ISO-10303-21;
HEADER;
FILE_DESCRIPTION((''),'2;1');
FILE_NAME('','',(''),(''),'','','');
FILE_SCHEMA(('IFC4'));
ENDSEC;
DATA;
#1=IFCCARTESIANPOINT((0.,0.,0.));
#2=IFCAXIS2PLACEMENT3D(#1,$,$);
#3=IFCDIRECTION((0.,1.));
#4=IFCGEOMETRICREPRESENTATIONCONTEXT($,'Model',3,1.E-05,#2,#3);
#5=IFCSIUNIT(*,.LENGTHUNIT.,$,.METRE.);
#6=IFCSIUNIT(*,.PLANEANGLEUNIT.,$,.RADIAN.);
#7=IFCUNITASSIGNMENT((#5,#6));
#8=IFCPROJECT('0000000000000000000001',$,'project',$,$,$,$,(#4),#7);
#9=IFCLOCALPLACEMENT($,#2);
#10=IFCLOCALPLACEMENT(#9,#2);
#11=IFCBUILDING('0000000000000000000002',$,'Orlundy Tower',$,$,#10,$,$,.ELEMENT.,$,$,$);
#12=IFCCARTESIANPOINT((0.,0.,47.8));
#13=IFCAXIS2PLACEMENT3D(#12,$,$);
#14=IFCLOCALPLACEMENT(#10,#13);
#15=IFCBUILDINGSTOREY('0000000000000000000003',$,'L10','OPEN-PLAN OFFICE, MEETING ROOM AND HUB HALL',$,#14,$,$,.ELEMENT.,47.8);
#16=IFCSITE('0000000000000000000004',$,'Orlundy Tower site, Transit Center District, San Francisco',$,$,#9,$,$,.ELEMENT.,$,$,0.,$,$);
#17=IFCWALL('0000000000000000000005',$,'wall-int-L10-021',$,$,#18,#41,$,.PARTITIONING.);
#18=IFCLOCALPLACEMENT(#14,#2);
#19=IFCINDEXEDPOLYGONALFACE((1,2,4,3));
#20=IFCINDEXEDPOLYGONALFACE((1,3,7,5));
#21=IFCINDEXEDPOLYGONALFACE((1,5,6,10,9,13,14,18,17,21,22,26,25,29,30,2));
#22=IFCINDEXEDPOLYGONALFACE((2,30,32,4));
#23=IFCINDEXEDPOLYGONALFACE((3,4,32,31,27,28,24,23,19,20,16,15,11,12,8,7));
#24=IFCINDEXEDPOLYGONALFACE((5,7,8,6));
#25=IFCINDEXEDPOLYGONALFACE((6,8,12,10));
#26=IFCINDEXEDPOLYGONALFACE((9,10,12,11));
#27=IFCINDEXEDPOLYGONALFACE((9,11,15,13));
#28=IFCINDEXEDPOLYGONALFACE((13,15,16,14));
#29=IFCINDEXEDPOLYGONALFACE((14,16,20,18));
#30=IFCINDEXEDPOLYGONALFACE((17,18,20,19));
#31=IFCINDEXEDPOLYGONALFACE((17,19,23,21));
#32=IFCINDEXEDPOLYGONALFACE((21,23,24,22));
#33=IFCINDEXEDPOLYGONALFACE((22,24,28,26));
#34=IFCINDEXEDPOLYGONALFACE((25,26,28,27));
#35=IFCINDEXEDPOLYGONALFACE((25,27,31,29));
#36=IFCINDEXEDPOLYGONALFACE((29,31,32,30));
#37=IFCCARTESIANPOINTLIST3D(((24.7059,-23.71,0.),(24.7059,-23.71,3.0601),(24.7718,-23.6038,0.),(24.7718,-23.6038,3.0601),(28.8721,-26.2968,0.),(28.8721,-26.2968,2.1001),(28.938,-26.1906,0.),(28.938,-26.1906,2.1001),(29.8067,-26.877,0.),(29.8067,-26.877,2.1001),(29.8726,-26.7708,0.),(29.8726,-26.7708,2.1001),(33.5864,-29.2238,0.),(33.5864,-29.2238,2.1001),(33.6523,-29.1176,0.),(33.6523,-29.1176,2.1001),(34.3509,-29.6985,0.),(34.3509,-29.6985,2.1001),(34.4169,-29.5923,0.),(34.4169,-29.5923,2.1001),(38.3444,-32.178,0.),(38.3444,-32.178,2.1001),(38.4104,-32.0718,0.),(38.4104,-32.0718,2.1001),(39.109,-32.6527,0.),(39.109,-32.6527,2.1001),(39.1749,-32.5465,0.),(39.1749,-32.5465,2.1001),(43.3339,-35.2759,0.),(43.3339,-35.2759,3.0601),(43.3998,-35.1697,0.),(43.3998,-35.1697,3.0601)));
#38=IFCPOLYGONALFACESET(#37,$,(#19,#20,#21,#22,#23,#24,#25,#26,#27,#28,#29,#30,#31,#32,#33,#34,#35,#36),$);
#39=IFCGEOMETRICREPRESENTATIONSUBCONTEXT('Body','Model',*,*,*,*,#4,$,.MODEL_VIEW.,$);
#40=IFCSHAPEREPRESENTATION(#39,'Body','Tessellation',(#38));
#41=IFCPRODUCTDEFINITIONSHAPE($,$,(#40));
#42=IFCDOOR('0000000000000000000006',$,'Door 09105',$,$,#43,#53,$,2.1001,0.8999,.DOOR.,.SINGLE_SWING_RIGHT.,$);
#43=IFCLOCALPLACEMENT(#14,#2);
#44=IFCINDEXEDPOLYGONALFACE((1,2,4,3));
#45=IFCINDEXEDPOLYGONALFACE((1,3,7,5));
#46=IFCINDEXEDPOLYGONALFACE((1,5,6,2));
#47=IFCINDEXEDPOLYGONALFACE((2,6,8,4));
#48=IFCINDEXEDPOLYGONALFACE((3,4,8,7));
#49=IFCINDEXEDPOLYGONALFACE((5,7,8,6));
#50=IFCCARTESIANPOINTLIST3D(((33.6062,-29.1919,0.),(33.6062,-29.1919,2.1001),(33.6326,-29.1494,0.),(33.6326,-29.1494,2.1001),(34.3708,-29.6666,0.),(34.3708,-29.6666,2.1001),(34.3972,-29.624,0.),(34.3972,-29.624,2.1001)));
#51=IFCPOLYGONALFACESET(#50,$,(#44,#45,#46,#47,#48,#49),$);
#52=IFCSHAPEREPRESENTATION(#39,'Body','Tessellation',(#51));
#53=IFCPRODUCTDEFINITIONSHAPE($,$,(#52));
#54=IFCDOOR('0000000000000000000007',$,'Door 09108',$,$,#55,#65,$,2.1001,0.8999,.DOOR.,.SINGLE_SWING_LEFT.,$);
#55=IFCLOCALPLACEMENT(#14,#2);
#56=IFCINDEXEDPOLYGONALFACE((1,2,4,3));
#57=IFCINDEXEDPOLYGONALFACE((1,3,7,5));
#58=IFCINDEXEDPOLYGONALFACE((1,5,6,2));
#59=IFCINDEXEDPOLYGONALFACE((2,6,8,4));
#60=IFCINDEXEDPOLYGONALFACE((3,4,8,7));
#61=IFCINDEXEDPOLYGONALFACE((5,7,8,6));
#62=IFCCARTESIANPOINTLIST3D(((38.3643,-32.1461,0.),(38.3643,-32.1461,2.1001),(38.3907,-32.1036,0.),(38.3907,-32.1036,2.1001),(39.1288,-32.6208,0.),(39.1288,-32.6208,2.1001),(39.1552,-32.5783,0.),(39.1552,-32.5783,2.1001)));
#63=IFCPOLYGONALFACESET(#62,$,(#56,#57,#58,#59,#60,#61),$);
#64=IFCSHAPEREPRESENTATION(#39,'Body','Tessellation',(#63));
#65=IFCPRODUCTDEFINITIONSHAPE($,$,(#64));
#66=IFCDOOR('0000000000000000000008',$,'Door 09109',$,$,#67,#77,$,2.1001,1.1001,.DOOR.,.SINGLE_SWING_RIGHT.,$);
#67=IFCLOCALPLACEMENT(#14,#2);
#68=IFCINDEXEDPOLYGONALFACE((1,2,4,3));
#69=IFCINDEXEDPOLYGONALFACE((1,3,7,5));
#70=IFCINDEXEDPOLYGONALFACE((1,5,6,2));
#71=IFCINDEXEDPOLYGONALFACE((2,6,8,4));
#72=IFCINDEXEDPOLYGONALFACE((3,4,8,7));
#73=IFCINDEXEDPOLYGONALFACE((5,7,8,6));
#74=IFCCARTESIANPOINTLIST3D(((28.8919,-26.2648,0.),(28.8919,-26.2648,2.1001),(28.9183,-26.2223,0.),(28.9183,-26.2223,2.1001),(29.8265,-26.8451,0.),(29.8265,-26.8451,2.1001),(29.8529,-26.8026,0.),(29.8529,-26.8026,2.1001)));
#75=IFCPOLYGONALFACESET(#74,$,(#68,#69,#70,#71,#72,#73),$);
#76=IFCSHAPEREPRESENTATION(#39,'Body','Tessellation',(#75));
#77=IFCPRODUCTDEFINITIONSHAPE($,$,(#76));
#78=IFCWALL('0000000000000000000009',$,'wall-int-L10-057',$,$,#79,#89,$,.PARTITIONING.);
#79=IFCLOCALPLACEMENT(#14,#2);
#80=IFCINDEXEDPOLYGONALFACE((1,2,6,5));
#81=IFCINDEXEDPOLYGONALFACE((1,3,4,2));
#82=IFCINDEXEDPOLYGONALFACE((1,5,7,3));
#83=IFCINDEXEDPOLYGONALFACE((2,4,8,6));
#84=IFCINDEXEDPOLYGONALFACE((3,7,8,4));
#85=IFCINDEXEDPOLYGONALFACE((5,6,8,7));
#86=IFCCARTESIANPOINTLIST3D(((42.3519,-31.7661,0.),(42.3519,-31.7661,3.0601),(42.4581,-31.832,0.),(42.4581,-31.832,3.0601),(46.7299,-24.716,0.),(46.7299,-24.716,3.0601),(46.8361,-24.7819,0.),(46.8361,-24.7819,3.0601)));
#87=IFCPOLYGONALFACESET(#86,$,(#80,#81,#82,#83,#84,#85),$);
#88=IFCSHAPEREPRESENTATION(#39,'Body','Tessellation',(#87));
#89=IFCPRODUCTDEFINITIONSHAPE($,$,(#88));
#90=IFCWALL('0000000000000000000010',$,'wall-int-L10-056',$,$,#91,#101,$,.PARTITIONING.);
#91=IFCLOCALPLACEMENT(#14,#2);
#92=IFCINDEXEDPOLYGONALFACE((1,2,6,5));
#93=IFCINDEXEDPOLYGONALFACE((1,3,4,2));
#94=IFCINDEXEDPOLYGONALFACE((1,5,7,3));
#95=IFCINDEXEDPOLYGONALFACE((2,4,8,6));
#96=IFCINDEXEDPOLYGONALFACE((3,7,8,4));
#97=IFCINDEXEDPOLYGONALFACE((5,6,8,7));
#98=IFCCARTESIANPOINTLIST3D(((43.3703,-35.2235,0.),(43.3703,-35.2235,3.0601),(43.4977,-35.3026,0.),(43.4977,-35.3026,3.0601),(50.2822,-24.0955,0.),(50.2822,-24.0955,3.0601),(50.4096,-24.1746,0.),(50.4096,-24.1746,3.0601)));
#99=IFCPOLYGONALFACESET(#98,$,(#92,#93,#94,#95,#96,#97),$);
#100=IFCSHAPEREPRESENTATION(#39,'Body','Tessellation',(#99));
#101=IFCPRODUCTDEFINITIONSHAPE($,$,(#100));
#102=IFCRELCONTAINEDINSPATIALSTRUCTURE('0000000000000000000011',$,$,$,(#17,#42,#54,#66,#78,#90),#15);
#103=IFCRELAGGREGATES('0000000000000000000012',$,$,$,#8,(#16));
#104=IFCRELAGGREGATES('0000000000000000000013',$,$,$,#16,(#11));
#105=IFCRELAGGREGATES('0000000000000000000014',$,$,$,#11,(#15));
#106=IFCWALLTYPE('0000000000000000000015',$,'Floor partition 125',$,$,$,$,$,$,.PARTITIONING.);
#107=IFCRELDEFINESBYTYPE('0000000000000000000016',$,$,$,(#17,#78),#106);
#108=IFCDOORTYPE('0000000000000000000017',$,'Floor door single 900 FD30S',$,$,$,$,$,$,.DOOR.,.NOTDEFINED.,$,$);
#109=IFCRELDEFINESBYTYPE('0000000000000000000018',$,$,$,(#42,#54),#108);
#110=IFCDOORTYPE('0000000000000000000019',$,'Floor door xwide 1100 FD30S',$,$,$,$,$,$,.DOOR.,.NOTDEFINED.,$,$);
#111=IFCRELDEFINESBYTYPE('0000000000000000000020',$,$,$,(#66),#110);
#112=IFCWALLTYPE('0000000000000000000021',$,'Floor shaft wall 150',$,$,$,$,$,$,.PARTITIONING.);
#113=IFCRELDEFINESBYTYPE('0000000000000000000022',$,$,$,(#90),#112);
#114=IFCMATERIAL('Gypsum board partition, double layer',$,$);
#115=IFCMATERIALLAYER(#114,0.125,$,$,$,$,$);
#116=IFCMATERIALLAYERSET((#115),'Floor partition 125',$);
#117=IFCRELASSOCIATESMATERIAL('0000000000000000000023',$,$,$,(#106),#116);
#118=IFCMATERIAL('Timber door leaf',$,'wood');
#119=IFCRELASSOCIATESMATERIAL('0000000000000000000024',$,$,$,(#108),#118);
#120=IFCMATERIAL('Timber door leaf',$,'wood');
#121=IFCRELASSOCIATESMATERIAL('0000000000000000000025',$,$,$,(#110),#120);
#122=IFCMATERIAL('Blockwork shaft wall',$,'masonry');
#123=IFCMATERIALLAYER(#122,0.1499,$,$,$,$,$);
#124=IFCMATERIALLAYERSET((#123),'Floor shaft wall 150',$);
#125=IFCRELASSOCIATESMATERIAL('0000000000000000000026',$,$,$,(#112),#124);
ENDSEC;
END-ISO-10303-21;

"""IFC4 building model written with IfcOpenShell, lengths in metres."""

from ifc_helpers import new_model, si_unit, direction, frame, frame_2d, origin, place, context, subcontext, project, spatial, rectangle, extrude, material, layer, layer_set, type_object, element, fill, save


model = new_model("IFC4")

# Units and contexts
model_context = context("Model", 3, precision=1e-05, world=origin(), true_north=direction((0.0, 1.0)))
body_context = subcontext(model_context, "Body", "Model", "MODEL_VIEW")
ifc_project = project(units=[si_unit("LENGTHUNIT", "METRE"), si_unit("PLANEANGLEUNIT", "RADIAN")], contexts=[model_context])

# Site, building, storey
site_placement = place(None, origin())
site = spatial("IfcSite", under=ifc_project, at=site_placement, Name="Orlundy Tower site, Transit Center District, San Francisco", CompositionType="ELEMENT", RefElevation=0.0)
building_placement = place(site_placement, origin())
building = spatial("IfcBuilding", under=site, at=building_placement, Name="Orlundy Tower", CompositionType="ELEMENT")
storey_placement = place(building_placement, frame((0.0, 0.0, 47.8)))
storey = spatial("IfcBuildingStorey", under=building, at=storey_placement, Name="L10", Description="OPEN-PLAN OFFICE, MEETING ROOM AND HUB HALL", CompositionType="ELEMENT", Elevation=47.8)

# Wall, openings, doors
ifc_material_1 = material(Name="Gypsum board partition, double layer")
ifc_layer_1 = layer(ifc_material_1, 0.125)
ifc_layer_set_1 = layer_set([ifc_layer_1], Name="Floor partition 125")
wall_type_1 = type_object("IfcWallType", Name="Floor partition 125", PredefinedType="PARTITIONING", material=ifc_layer_set_1)
wall_1_placement = place(storey_placement, frame((43.3669, -35.2229, 0.0), z_axis=(0.0, 0.0, 1.0), x_axis=(-0.849563, 0.527486, 0.0)))
wall_1 = element("IfcWall", 1, at=wall_1_placement, inside=storey, type_object=wall_type_1, Name="wall-int-L10-021", PredefinedType="PARTITIONING", context=body_context, shape_type="SweptSolid", body=[
    extrude(rectangle(XDim=21.9265, YDim=0.125, at=frame_2d((10.9634, 0.0))), origin(), (0.0, 0.0, 1.0), 3.0601),
])
opening_1_placement = place(wall_1_placement, frame((10.5737, 0.0, 0.0)))
opening_1 = element("IfcOpeningElement", 2, at=opening_1_placement, cuts=wall_1, PredefinedType="OPENING", context=body_context, shape_type="SweptSolid", body=[
    extrude(rectangle(XDim=0.8999, YDim=2.1001, at=frame_2d((0.45, 1.05))), frame((0.0, 0.0725, 0.0), z_axis=(0.0, -1.0, 0.0), x_axis=(1.0, 0.0, 0.0)), (0.0, 0.0, 1.0), 0.145),
])
opening_2_placement = place(wall_1_placement, frame((4.9731, 0.0, 0.0)))
opening_2 = element("IfcOpeningElement", 3, at=opening_2_placement, cuts=wall_1, PredefinedType="OPENING", context=body_context, shape_type="SweptSolid", body=[
    extrude(rectangle(XDim=0.8999, YDim=2.1001, at=frame_2d((0.45, 1.05))), frame((0.0, 0.0725, 0.0), z_axis=(0.0, -1.0, 0.0), x_axis=(1.0, 0.0, 0.0)), (0.0, 0.0, 1.0), 0.145),
])
opening_3_placement = place(wall_1_placement, frame((15.9226, 0.0, 0.0)))
opening_3 = element("IfcOpeningElement", 4, at=opening_3_placement, cuts=wall_1, PredefinedType="OPENING", context=body_context, shape_type="SweptSolid", body=[
    extrude(rectangle(XDim=1.1001, YDim=2.1001, at=frame_2d((0.55, 1.05))), frame((0.0, 0.0725, 0.0), z_axis=(0.0, -1.0, 0.0), x_axis=(1.0, 0.0, 0.0)), (0.0, 0.0, 1.0), 0.145),
])
ifc_material_2 = material(Name="Timber door leaf", Category="wood")
door_type_1 = type_object("IfcDoorType", Name="Floor door single 900 FD30S", OperationType="NOTDEFINED", PredefinedType="DOOR", material=ifc_material_2)
door_1_placement = place(opening_1_placement, origin())
door_1 = element("IfcDoor", 5, at=door_1_placement, inside=storey, type_object=door_type_1, Name="Door 09105", OperationType="SINGLE_SWING_RIGHT", OverallHeight=2.1001, OverallWidth=0.8999, PredefinedType="DOOR", context=body_context, shape_type="SweptSolid", body=[
    extrude(rectangle(XDim=0.8999, YDim=2.1001, at=frame_2d((0.45, 1.05))), frame((0.0, 0.0249, 0.0), z_axis=(0.0, -1.0, 0.0), x_axis=(1.0, 0.0, 0.0)), (0.0, 0.0, 1.0), 0.05),
])
fill(opening_1, door_1)
door_2_placement = place(opening_2_placement, origin())
door_2 = element("IfcDoor", 6, at=door_2_placement, inside=storey, type_object=door_type_1, Name="Door 09108", OperationType="SINGLE_SWING_LEFT", OverallHeight=2.1001, OverallWidth=0.8999, PredefinedType="DOOR", context=body_context, shape_type="SweptSolid", body=[
    extrude(rectangle(XDim=0.8999, YDim=2.1001, at=frame_2d((0.45, 1.05))), frame((0.0, 0.0249, 0.0), z_axis=(0.0, -1.0, 0.0), x_axis=(1.0, 0.0, 0.0)), (0.0, 0.0, 1.0), 0.05),
])
fill(opening_2, door_2)
ifc_material_3 = material(Name="Timber door leaf", Category="wood")
door_type_2 = type_object("IfcDoorType", Name="Floor door xwide 1100 FD30S", OperationType="NOTDEFINED", PredefinedType="DOOR", material=ifc_material_3)
door_3_placement = place(opening_3_placement, origin())
door_3 = element("IfcDoor", 7, at=door_3_placement, inside=storey, type_object=door_type_2, Name="Door 09109", OperationType="SINGLE_SWING_RIGHT", OverallHeight=2.1001, OverallWidth=1.1001, PredefinedType="DOOR", context=body_context, shape_type="SweptSolid", body=[
    extrude(rectangle(XDim=1.1001, YDim=2.1001, at=frame_2d((0.55, 1.05))), frame((0.0, 0.0249, 0.0), z_axis=(0.0, -1.0, 0.0), x_axis=(1.0, 0.0, 0.0)), (0.0, 0.0, 1.0), 0.05),
])
fill(opening_3, door_3)

# Walls
wall_2_placement = place(storey_placement, frame((42.405, -31.7991, 0.0), z_axis=(0.0, 0.0, 1.0), x_axis=(0.52754, 0.84953, 0.0)))
element("IfcWall", 8, at=wall_2_placement, inside=storey, type_object=wall_type_1, Name="wall-int-L10-057", PredefinedType="PARTITIONING", context=body_context, shape_type="SweptSolid", body=[
    extrude(rectangle(XDim=8.2988, YDim=0.125, at=frame_2d((4.1494, 0.0))), origin(), (0.0, 0.0, 1.0), 3.0601),
])
ifc_material_4 = material(Name="Blockwork shaft wall", Category="masonry")
ifc_layer_2 = layer(ifc_material_4, 0.1499)
ifc_layer_set_2 = layer_set([ifc_layer_2], Name="Floor shaft wall 150")
wall_type_2 = type_object("IfcWallType", Name="Floor shaft wall 150", PredefinedType="PARTITIONING", material=ifc_layer_set_2)
wall_3_placement = place(storey_placement, frame((43.4341, -35.2629, 0.0), z_axis=(0.0, 0.0, 1.0), x_axis=(0.527631, 0.849473, 0.0)))
element("IfcWall", 9, at=wall_3_placement, inside=storey, type_object=wall_type_2, Name="wall-int-L10-056", PredefinedType="PARTITIONING", context=body_context, shape_type="SweptSolid", body=[
    extrude(rectangle(XDim=13.0999, YDim=0.1499, at=frame_2d((6.5498, 0.0))), origin(), (0.0, 0.0, 1.0), 3.0601),
])

save(model, "model.ifc")
